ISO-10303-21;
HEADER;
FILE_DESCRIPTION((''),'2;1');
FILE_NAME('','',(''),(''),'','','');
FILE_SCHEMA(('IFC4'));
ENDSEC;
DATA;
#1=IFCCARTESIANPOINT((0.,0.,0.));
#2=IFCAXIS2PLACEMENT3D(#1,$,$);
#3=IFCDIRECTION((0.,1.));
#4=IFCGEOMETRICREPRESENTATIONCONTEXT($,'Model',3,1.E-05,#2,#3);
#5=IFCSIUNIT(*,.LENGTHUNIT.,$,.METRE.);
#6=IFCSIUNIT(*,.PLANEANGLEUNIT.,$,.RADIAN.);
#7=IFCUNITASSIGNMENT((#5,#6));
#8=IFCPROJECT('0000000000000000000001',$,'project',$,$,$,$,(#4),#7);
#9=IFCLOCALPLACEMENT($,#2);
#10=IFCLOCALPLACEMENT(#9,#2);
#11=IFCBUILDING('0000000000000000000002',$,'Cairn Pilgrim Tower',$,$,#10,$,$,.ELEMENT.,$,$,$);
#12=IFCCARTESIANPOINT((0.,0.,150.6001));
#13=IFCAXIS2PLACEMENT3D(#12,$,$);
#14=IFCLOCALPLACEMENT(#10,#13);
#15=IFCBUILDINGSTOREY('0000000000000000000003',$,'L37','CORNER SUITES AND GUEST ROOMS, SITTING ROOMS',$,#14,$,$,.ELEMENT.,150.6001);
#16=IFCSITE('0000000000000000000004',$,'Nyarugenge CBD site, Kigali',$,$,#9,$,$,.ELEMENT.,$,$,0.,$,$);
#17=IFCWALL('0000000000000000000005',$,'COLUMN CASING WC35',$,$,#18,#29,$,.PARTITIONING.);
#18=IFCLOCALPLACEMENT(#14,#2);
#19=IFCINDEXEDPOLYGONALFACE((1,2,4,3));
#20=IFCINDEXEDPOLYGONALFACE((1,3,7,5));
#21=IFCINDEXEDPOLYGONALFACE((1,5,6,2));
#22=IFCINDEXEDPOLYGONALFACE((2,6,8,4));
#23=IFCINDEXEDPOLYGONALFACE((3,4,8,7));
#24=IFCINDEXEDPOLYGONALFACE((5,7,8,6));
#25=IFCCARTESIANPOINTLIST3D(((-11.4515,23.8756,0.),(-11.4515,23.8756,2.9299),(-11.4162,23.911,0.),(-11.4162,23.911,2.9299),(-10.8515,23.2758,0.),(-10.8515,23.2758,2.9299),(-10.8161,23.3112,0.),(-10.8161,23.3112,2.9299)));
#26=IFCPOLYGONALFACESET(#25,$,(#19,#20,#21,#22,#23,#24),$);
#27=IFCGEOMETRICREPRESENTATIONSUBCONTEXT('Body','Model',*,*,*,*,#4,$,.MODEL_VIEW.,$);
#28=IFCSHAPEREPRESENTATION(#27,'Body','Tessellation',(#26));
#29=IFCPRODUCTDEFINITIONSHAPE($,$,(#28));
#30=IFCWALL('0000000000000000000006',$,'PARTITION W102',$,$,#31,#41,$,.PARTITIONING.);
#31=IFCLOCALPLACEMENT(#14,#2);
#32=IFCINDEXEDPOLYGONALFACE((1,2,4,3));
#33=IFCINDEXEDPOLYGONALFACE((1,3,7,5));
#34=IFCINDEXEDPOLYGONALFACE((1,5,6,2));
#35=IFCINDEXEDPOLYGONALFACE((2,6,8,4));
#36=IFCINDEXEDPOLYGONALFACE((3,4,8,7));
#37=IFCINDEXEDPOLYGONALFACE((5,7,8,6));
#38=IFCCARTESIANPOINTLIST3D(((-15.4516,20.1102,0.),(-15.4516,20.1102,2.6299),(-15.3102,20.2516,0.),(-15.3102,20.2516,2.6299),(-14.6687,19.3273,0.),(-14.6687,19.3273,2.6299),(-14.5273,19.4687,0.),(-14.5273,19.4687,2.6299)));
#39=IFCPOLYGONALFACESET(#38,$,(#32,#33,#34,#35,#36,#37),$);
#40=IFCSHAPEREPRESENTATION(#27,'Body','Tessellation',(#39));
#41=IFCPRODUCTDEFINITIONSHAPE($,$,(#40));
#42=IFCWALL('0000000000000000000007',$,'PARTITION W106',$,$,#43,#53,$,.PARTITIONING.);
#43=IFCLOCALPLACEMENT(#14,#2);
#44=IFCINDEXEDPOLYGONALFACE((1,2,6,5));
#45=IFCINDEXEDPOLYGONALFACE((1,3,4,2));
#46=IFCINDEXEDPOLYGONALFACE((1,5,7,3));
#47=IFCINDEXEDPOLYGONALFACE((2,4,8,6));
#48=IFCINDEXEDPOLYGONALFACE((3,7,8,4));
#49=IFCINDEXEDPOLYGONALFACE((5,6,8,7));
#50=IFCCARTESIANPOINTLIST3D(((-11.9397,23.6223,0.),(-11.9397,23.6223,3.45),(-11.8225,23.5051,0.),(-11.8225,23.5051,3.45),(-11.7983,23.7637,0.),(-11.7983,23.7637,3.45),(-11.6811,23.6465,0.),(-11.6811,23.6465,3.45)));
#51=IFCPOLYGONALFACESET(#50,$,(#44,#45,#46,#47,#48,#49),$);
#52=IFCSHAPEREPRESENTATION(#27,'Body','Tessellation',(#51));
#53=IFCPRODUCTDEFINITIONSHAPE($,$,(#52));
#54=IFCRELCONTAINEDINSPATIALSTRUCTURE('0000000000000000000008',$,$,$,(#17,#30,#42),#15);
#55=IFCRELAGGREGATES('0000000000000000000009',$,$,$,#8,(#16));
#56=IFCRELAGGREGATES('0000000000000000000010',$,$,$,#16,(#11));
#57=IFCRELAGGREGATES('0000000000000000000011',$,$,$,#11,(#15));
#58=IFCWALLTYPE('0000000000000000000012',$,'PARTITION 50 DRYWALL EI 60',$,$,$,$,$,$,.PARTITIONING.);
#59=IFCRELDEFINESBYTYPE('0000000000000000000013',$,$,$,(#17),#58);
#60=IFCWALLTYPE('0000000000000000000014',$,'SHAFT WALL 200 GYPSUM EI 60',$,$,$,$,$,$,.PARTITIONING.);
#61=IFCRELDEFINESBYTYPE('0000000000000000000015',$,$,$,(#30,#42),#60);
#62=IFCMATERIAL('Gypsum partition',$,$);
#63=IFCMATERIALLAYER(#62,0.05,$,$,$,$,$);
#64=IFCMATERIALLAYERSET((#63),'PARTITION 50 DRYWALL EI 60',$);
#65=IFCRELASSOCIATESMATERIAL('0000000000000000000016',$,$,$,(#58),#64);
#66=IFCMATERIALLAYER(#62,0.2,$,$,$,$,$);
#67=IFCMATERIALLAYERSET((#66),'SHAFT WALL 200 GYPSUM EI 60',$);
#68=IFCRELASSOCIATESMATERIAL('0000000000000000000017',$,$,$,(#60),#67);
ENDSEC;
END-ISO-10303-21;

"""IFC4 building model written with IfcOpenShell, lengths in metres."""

from ifc_helpers import new_model, si_unit, direction, frame, frame_2d, origin, place, context, subcontext, project, spatial, rectangle, extrude, material, layer, layer_set, type_object, element, save


model = new_model("IFC4")

# Units and contexts
model_context = context("Model", 3, precision=1e-05, world=origin(), true_north=direction((0.0, 1.0)))
body_context = subcontext(model_context, "Body", "Model", "MODEL_VIEW")
ifc_project = project(units=[si_unit("LENGTHUNIT", "METRE"), si_unit("PLANEANGLEUNIT", "RADIAN")], contexts=[model_context])

# Site, building, storey
site_placement = place(None, origin())
site = spatial("IfcSite", under=ifc_project, at=site_placement, Name="Nyarugenge CBD site, Kigali", CompositionType="ELEMENT", RefElevation=0.0)
building_placement = place(site_placement, origin())
building = spatial("IfcBuilding", under=site, at=building_placement, Name="Cairn Pilgrim Tower", CompositionType="ELEMENT")
storey_placement = place(building_placement, frame((0.0, 0.0, 150.6001)))
storey = spatial("IfcBuildingStorey", under=building, at=storey_placement, Name="L37", Description="CORNER SUITES AND GUEST ROOMS, SITTING ROOMS", CompositionType="ELEMENT", Elevation=150.6001)

# Walls
ifc_material_1 = material(Name="Gypsum partition")
ifc_layer_1 = layer(ifc_material_1, 0.05)
ifc_layer_set_1 = layer_set([ifc_layer_1], Name="PARTITION 50 DRYWALL EI 60")
wall_type_1 = type_object("IfcWallType", Name="PARTITION 50 DRYWALL EI 60", PredefinedType="PARTITIONING", material=ifc_layer_set_1)
wall_1_placement = place(storey_placement, frame((-10.8337, 23.2935, 0.0), z_axis=(0.0, 0.0, 1.0), x_axis=(-0.707251, 0.706963, 0.0)))
element("IfcWall", 1, at=wall_1_placement, inside=storey, type_object=wall_type_1, Name="COLUMN CASING WC35", PredefinedType="PARTITIONING", context=body_context, shape_type="SweptSolid", body=[
    extrude(rectangle(XDim=0.8484, YDim=0.05, at=frame_2d((0.4243, 0.0))), origin(), (0.0, 0.0, 1.0), 2.9299),
])
ifc_layer_2 = layer(ifc_material_1, 0.2)
ifc_layer_set_2 = layer_set([ifc_layer_2], Name="SHAFT WALL 200 GYPSUM EI 60")
wall_type_2 = type_object("IfcWallType", Name="SHAFT WALL 200 GYPSUM EI 60", PredefinedType="PARTITIONING", material=ifc_layer_set_2)
wall_2_placement = place(storey_placement, frame((-14.5979, 19.3979, 0.0), z_axis=(0.0, 0.0, 1.0), x_axis=(-0.707107, 0.707107, 0.0)))
element("IfcWall", 2, at=wall_2_placement, inside=storey, type_object=wall_type_2, Name="PARTITION W102", PredefinedType="PARTITIONING", context=body_context, shape_type="SweptSolid", body=[
    extrude(rectangle(XDim=1.1072, YDim=0.2, at=frame_2d((0.5537, 0.0))), origin(), (0.0, 0.0, 1.0), 2.6299),
])
wall_3_placement = place(storey_placement, frame((-11.7517, 23.5757, 0.0), z_axis=(0.0, 0.0, 1.0), x_axis=(-0.707107, 0.707107, 0.0)))
element("IfcWall", 3, at=wall_3_placement, inside=storey, type_object=wall_type_2, Name="PARTITION W106", PredefinedType="PARTITIONING", context=body_context, shape_type="SweptSolid", body=[
    extrude(rectangle(XDim=0.1658, YDim=0.2, at=frame_2d((0.083, 0.0))), origin(), (0.0, 0.0, 1.0), 3.45),
])

save(model, "model.ifc")
